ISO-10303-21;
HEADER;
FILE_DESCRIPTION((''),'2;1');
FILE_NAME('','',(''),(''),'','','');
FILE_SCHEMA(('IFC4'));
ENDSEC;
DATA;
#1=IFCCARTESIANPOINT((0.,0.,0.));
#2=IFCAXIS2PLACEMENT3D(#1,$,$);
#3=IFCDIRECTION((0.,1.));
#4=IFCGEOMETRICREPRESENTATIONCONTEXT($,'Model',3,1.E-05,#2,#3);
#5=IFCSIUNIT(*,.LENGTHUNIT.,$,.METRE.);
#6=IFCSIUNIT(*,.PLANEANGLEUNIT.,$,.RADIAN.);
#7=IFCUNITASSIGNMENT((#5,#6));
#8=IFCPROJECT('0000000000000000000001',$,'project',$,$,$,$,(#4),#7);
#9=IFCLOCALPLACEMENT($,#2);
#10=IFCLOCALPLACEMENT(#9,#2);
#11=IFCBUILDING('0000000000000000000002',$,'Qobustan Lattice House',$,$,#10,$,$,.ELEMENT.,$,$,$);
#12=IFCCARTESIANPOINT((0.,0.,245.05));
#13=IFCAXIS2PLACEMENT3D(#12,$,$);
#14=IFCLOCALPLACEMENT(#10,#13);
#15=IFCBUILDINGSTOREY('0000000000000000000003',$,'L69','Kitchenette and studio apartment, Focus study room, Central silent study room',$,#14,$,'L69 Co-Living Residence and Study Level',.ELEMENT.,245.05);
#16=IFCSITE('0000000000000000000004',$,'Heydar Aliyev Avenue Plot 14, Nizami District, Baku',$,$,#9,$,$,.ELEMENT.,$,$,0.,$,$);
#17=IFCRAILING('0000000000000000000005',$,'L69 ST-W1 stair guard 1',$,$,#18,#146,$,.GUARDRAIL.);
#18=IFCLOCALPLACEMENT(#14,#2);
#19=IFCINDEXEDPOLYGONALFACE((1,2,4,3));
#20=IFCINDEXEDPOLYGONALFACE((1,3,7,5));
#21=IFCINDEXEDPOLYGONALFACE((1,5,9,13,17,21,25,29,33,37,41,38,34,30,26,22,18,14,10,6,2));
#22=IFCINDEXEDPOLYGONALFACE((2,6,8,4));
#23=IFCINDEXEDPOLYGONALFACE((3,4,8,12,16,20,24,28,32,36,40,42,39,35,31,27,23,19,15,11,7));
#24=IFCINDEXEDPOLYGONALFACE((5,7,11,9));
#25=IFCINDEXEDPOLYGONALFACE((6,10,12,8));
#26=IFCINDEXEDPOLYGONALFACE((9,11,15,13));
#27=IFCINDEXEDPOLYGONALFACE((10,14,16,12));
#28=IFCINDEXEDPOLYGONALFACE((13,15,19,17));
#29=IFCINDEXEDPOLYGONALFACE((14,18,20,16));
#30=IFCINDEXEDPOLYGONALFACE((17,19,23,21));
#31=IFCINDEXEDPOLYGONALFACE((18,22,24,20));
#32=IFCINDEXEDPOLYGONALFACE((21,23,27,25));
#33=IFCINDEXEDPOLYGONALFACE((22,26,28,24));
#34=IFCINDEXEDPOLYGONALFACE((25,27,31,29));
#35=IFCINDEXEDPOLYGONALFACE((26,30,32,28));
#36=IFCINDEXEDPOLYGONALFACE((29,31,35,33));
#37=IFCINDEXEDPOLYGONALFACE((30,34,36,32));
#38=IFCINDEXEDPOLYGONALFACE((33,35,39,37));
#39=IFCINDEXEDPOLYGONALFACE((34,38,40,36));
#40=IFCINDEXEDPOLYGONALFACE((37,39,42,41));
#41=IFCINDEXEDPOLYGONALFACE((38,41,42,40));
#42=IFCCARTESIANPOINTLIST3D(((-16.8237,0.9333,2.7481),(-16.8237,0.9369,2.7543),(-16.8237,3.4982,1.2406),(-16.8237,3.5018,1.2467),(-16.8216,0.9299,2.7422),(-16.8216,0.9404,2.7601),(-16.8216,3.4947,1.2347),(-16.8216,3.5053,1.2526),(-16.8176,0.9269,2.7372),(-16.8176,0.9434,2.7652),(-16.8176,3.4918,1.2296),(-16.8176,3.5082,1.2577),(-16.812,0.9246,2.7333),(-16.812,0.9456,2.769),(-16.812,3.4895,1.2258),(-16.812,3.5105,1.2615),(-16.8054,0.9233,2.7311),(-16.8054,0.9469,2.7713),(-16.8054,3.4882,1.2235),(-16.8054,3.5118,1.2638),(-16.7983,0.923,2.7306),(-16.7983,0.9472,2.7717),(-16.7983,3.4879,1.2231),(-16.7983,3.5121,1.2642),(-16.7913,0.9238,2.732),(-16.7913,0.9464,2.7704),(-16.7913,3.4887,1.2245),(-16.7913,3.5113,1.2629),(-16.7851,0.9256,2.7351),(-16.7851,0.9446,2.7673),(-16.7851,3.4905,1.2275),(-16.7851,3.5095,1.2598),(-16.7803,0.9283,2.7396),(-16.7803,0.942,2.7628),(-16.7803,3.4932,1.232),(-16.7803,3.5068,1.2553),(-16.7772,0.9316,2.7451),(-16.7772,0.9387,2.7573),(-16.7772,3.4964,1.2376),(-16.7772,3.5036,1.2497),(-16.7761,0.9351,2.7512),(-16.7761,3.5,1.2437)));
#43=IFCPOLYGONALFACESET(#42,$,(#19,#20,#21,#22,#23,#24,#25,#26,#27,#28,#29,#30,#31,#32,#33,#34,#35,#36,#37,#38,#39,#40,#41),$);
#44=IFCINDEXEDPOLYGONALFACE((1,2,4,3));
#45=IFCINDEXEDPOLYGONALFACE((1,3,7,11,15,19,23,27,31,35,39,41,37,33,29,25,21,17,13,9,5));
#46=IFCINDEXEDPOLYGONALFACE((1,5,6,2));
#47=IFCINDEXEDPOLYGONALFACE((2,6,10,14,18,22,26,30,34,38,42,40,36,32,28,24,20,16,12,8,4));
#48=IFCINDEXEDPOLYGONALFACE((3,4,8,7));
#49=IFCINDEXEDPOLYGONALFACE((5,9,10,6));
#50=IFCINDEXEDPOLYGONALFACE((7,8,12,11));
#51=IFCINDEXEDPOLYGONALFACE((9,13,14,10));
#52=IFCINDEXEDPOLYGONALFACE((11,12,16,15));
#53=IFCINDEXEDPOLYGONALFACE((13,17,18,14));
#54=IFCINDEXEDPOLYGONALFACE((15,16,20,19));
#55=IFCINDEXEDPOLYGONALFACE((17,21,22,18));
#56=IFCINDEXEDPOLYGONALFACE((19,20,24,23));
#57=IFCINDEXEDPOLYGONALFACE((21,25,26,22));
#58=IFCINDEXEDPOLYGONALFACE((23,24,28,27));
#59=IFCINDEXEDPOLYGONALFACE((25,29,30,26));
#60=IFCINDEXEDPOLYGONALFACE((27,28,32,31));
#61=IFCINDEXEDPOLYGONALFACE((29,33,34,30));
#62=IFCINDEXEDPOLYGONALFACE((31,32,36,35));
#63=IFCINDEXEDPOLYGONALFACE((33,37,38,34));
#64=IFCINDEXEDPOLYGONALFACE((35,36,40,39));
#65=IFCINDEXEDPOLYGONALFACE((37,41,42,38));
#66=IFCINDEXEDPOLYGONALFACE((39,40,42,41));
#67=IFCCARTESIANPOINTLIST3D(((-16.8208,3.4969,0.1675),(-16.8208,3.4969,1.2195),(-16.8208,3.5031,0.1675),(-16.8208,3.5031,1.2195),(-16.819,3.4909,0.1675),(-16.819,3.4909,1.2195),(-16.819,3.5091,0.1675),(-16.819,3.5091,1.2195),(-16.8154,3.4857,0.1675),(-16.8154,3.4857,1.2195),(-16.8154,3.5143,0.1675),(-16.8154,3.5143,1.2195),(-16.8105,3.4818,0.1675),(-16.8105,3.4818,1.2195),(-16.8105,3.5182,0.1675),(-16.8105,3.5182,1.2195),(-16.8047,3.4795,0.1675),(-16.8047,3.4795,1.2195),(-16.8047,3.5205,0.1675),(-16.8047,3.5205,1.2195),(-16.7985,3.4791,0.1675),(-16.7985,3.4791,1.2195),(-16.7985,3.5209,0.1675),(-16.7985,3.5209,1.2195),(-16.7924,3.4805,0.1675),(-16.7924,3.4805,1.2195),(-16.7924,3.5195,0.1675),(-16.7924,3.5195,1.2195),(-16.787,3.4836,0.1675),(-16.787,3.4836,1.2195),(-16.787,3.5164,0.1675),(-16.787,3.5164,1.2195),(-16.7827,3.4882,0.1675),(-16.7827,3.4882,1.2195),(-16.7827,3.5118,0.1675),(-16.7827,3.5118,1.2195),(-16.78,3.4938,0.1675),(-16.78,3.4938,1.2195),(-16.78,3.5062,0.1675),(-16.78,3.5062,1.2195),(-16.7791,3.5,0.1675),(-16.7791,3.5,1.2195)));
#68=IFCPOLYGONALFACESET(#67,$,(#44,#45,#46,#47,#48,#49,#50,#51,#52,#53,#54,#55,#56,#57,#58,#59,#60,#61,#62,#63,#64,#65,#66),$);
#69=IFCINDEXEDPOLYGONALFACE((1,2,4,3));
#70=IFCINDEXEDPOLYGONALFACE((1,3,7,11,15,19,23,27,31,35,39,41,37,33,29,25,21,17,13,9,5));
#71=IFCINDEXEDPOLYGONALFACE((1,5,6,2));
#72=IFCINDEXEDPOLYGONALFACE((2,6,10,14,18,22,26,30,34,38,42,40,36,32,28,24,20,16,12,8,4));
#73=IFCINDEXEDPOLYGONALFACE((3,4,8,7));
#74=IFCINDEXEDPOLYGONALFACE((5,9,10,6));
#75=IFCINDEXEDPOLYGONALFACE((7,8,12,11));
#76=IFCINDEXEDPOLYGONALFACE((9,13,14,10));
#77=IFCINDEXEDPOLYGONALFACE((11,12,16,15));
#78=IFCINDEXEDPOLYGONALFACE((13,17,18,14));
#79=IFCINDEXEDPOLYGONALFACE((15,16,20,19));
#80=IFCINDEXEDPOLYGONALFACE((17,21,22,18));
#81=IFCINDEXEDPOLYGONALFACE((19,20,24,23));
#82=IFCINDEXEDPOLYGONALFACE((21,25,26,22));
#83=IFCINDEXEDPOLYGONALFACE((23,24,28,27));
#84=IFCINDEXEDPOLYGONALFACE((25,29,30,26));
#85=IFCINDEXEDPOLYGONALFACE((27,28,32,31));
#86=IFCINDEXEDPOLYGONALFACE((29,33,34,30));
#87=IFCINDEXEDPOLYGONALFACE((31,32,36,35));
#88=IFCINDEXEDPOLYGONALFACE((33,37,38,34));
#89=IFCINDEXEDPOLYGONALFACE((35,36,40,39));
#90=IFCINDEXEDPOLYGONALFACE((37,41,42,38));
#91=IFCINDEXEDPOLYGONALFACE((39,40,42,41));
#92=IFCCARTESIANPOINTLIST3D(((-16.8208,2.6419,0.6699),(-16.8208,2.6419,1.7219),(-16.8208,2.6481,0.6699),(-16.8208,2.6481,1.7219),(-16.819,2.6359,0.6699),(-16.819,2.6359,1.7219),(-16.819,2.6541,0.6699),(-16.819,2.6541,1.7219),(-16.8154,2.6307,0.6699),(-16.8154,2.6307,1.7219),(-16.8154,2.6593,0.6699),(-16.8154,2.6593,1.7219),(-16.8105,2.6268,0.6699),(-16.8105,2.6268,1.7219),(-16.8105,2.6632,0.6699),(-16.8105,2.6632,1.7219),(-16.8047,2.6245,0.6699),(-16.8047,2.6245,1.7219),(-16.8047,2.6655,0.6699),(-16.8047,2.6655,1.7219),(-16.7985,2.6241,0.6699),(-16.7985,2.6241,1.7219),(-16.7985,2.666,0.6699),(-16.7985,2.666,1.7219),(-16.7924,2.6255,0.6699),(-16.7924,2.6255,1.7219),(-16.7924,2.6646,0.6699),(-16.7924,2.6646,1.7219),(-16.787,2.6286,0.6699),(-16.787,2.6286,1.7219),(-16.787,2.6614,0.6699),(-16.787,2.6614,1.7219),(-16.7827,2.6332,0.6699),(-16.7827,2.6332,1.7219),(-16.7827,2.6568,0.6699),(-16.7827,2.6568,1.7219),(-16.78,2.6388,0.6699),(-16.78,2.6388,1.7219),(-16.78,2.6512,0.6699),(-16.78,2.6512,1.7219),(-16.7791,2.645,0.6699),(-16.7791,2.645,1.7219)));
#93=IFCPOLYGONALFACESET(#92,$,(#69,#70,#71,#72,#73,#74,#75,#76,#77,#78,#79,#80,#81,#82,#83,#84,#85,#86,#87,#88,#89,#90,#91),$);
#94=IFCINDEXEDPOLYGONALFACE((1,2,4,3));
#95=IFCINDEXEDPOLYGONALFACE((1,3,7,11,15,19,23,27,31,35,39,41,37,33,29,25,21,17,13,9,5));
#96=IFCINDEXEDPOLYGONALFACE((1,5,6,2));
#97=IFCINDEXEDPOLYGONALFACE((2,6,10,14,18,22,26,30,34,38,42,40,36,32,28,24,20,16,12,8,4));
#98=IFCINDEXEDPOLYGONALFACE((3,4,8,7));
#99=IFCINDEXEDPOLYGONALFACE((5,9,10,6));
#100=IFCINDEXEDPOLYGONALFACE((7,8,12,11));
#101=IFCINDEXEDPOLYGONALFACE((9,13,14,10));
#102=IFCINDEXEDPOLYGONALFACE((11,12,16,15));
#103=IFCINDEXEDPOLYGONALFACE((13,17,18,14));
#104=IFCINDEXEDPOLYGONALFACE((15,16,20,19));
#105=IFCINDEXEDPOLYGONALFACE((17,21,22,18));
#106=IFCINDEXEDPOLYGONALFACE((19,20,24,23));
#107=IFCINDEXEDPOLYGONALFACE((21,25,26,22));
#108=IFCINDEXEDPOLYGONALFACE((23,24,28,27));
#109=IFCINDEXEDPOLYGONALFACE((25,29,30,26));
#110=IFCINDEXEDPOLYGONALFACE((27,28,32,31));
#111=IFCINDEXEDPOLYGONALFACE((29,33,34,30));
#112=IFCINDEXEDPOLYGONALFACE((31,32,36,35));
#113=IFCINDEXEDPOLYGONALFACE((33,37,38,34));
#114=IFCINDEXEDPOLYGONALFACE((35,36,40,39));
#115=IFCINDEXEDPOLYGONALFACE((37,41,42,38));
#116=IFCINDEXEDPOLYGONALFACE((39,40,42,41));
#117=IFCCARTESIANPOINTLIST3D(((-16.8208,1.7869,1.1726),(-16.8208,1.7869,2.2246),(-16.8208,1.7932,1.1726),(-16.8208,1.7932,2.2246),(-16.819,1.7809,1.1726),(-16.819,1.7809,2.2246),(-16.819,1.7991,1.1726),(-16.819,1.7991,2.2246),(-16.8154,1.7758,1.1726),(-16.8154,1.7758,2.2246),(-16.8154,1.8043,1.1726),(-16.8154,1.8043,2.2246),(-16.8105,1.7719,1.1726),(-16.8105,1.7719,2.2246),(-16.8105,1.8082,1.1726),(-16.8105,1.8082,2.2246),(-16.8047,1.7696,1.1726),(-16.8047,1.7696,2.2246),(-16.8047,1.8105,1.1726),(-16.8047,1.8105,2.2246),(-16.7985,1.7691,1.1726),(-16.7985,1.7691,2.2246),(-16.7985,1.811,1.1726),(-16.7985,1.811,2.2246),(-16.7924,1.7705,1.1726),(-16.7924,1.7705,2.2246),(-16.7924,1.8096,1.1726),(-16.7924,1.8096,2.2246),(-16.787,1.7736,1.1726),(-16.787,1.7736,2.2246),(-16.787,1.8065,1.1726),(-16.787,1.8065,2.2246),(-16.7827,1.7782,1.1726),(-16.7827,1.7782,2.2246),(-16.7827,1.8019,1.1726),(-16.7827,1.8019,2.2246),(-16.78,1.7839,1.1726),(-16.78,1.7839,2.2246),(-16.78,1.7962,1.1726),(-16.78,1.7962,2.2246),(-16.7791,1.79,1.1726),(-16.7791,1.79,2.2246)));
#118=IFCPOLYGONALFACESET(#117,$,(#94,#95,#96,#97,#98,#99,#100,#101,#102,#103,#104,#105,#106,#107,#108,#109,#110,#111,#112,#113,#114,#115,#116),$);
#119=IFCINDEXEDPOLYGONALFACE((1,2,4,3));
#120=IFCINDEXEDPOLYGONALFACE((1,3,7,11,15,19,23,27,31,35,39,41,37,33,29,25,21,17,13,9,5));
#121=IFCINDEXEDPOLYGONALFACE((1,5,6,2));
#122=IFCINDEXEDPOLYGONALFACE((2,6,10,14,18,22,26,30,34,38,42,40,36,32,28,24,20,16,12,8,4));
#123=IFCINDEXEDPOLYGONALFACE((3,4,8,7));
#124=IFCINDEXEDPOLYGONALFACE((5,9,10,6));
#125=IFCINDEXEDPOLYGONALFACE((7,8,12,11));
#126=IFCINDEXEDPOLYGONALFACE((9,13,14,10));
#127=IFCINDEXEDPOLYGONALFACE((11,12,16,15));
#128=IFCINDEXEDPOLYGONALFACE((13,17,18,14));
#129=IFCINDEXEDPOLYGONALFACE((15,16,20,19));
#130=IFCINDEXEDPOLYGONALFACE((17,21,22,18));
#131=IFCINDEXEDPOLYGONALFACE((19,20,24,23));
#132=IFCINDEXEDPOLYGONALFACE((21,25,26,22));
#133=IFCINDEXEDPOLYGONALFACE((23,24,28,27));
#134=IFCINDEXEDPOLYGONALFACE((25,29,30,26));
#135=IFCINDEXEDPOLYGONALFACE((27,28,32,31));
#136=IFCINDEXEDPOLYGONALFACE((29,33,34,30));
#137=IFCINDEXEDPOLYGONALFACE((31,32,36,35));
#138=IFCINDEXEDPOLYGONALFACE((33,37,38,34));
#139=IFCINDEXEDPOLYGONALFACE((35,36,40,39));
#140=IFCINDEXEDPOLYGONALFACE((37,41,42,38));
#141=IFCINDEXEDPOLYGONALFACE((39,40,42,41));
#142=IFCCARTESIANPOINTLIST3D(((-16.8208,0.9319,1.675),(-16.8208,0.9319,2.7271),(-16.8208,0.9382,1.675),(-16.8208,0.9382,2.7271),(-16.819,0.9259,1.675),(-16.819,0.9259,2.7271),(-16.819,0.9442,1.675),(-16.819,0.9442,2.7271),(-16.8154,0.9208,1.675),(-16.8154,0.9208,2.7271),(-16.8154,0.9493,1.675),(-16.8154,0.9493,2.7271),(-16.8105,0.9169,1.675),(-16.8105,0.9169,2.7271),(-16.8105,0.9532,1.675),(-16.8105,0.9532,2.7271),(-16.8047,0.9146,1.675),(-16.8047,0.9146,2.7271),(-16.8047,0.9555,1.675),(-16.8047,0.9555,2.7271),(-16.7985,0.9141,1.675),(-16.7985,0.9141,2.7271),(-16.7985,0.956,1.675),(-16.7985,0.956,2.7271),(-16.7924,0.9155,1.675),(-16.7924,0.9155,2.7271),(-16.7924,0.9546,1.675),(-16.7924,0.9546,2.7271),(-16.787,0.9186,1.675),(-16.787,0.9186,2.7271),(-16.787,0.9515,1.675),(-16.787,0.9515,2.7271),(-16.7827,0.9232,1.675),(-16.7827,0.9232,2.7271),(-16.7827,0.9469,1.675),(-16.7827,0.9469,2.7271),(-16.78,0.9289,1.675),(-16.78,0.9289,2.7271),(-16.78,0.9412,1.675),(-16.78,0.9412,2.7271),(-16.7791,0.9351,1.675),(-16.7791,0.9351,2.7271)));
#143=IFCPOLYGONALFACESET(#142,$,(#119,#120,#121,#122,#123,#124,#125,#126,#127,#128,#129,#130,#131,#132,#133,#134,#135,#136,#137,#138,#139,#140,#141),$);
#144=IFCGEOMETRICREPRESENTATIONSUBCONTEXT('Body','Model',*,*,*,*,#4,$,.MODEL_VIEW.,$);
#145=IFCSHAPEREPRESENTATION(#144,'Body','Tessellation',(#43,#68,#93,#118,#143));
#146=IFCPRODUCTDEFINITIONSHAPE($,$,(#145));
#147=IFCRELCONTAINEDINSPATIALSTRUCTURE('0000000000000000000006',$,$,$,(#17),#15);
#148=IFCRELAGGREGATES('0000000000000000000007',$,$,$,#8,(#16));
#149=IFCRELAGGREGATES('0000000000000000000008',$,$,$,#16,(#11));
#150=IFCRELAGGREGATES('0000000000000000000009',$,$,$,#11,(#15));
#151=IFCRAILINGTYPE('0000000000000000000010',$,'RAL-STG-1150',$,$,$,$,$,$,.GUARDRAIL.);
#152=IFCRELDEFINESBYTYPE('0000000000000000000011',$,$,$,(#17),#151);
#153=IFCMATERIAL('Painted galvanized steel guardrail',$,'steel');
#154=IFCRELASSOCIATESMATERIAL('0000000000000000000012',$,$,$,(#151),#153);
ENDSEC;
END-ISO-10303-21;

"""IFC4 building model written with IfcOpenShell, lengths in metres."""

from ifc_helpers import new_model, si_unit, direction, frame, origin, origin_2d, place, context, subcontext, project, spatial, circle, extrude, material, type_object, element, save


model = new_model("IFC4")

# Units and contexts
model_context = context("Model", 3, precision=1e-05, world=origin(), true_north=direction((0.0, 1.0)))
body_context = subcontext(model_context, "Body", "Model", "MODEL_VIEW")
ifc_project = project(units=[si_unit("LENGTHUNIT", "METRE"), si_unit("PLANEANGLEUNIT", "RADIAN")], contexts=[model_context])

# Site, building, storey
site_placement = place(None, origin())
site = spatial("IfcSite", under=ifc_project, at=site_placement, Name="Heydar Aliyev Avenue Plot 14, Nizami District, Baku", CompositionType="ELEMENT", RefElevation=0.0)
building_placement = place(site_placement, origin())
building = spatial("IfcBuilding", under=site, at=building_placement, Name="Qobustan Lattice House", CompositionType="ELEMENT")
storey_placement = place(building_placement, frame((0.0, 0.0, 245.05)))
storey = spatial("IfcBuildingStorey", under=building, at=storey_placement, Name="L69", Description="Kitchenette and studio apartment, Focus study room, Central silent study room", LongName="L69 Co-Living Residence and Study Level", CompositionType="ELEMENT", Elevation=245.05)

# Railing
ifc_material_1 = material(Name="Painted galvanized steel guardrail", Category="steel")
railing_type_1 = type_object("IfcRailingType", Name="RAL-STG-1150", PredefinedType="GUARDRAIL", material=ifc_material_1)
railing_1_placement = place(storey_placement, frame((-16.8, 3.5, 0.1675)))
element("IfcRailing", 1, at=railing_1_placement, inside=storey, type_object=railing_type_1, Name="L69 ST-W1 stair guard 1", PredefinedType="GUARDRAIL", context=body_context, shape_type="SweptSolid", body=[
    extrude(circle(Radius=0.0239, at=origin_2d()), frame((0.0, 0.0, 1.0762), z_axis=(0.0, -0.862113, 0.506715), x_axis=(1.0, 0.0, 0.0)), (0.0, 0.0, 1.0), 2.9751),
    extrude(circle(Radius=0.021, at=origin_2d()), origin(), (0.0, 0.0, 1.0), 1.052),
    extrude(circle(Radius=0.021, at=origin_2d()), frame((0.0, -0.855, 0.5024)), (0.0, 0.0, 1.0), 1.052),
    extrude(circle(Radius=0.021, at=origin_2d()), frame((0.0, -1.71, 1.0051)), (0.0, 0.0, 1.0), 1.052),
    extrude(circle(Radius=0.021, at=origin_2d()), frame((0.0, -2.5649, 1.5076)), (0.0, 0.0, 1.0), 1.052),
])

save(model, "model.ifc")
